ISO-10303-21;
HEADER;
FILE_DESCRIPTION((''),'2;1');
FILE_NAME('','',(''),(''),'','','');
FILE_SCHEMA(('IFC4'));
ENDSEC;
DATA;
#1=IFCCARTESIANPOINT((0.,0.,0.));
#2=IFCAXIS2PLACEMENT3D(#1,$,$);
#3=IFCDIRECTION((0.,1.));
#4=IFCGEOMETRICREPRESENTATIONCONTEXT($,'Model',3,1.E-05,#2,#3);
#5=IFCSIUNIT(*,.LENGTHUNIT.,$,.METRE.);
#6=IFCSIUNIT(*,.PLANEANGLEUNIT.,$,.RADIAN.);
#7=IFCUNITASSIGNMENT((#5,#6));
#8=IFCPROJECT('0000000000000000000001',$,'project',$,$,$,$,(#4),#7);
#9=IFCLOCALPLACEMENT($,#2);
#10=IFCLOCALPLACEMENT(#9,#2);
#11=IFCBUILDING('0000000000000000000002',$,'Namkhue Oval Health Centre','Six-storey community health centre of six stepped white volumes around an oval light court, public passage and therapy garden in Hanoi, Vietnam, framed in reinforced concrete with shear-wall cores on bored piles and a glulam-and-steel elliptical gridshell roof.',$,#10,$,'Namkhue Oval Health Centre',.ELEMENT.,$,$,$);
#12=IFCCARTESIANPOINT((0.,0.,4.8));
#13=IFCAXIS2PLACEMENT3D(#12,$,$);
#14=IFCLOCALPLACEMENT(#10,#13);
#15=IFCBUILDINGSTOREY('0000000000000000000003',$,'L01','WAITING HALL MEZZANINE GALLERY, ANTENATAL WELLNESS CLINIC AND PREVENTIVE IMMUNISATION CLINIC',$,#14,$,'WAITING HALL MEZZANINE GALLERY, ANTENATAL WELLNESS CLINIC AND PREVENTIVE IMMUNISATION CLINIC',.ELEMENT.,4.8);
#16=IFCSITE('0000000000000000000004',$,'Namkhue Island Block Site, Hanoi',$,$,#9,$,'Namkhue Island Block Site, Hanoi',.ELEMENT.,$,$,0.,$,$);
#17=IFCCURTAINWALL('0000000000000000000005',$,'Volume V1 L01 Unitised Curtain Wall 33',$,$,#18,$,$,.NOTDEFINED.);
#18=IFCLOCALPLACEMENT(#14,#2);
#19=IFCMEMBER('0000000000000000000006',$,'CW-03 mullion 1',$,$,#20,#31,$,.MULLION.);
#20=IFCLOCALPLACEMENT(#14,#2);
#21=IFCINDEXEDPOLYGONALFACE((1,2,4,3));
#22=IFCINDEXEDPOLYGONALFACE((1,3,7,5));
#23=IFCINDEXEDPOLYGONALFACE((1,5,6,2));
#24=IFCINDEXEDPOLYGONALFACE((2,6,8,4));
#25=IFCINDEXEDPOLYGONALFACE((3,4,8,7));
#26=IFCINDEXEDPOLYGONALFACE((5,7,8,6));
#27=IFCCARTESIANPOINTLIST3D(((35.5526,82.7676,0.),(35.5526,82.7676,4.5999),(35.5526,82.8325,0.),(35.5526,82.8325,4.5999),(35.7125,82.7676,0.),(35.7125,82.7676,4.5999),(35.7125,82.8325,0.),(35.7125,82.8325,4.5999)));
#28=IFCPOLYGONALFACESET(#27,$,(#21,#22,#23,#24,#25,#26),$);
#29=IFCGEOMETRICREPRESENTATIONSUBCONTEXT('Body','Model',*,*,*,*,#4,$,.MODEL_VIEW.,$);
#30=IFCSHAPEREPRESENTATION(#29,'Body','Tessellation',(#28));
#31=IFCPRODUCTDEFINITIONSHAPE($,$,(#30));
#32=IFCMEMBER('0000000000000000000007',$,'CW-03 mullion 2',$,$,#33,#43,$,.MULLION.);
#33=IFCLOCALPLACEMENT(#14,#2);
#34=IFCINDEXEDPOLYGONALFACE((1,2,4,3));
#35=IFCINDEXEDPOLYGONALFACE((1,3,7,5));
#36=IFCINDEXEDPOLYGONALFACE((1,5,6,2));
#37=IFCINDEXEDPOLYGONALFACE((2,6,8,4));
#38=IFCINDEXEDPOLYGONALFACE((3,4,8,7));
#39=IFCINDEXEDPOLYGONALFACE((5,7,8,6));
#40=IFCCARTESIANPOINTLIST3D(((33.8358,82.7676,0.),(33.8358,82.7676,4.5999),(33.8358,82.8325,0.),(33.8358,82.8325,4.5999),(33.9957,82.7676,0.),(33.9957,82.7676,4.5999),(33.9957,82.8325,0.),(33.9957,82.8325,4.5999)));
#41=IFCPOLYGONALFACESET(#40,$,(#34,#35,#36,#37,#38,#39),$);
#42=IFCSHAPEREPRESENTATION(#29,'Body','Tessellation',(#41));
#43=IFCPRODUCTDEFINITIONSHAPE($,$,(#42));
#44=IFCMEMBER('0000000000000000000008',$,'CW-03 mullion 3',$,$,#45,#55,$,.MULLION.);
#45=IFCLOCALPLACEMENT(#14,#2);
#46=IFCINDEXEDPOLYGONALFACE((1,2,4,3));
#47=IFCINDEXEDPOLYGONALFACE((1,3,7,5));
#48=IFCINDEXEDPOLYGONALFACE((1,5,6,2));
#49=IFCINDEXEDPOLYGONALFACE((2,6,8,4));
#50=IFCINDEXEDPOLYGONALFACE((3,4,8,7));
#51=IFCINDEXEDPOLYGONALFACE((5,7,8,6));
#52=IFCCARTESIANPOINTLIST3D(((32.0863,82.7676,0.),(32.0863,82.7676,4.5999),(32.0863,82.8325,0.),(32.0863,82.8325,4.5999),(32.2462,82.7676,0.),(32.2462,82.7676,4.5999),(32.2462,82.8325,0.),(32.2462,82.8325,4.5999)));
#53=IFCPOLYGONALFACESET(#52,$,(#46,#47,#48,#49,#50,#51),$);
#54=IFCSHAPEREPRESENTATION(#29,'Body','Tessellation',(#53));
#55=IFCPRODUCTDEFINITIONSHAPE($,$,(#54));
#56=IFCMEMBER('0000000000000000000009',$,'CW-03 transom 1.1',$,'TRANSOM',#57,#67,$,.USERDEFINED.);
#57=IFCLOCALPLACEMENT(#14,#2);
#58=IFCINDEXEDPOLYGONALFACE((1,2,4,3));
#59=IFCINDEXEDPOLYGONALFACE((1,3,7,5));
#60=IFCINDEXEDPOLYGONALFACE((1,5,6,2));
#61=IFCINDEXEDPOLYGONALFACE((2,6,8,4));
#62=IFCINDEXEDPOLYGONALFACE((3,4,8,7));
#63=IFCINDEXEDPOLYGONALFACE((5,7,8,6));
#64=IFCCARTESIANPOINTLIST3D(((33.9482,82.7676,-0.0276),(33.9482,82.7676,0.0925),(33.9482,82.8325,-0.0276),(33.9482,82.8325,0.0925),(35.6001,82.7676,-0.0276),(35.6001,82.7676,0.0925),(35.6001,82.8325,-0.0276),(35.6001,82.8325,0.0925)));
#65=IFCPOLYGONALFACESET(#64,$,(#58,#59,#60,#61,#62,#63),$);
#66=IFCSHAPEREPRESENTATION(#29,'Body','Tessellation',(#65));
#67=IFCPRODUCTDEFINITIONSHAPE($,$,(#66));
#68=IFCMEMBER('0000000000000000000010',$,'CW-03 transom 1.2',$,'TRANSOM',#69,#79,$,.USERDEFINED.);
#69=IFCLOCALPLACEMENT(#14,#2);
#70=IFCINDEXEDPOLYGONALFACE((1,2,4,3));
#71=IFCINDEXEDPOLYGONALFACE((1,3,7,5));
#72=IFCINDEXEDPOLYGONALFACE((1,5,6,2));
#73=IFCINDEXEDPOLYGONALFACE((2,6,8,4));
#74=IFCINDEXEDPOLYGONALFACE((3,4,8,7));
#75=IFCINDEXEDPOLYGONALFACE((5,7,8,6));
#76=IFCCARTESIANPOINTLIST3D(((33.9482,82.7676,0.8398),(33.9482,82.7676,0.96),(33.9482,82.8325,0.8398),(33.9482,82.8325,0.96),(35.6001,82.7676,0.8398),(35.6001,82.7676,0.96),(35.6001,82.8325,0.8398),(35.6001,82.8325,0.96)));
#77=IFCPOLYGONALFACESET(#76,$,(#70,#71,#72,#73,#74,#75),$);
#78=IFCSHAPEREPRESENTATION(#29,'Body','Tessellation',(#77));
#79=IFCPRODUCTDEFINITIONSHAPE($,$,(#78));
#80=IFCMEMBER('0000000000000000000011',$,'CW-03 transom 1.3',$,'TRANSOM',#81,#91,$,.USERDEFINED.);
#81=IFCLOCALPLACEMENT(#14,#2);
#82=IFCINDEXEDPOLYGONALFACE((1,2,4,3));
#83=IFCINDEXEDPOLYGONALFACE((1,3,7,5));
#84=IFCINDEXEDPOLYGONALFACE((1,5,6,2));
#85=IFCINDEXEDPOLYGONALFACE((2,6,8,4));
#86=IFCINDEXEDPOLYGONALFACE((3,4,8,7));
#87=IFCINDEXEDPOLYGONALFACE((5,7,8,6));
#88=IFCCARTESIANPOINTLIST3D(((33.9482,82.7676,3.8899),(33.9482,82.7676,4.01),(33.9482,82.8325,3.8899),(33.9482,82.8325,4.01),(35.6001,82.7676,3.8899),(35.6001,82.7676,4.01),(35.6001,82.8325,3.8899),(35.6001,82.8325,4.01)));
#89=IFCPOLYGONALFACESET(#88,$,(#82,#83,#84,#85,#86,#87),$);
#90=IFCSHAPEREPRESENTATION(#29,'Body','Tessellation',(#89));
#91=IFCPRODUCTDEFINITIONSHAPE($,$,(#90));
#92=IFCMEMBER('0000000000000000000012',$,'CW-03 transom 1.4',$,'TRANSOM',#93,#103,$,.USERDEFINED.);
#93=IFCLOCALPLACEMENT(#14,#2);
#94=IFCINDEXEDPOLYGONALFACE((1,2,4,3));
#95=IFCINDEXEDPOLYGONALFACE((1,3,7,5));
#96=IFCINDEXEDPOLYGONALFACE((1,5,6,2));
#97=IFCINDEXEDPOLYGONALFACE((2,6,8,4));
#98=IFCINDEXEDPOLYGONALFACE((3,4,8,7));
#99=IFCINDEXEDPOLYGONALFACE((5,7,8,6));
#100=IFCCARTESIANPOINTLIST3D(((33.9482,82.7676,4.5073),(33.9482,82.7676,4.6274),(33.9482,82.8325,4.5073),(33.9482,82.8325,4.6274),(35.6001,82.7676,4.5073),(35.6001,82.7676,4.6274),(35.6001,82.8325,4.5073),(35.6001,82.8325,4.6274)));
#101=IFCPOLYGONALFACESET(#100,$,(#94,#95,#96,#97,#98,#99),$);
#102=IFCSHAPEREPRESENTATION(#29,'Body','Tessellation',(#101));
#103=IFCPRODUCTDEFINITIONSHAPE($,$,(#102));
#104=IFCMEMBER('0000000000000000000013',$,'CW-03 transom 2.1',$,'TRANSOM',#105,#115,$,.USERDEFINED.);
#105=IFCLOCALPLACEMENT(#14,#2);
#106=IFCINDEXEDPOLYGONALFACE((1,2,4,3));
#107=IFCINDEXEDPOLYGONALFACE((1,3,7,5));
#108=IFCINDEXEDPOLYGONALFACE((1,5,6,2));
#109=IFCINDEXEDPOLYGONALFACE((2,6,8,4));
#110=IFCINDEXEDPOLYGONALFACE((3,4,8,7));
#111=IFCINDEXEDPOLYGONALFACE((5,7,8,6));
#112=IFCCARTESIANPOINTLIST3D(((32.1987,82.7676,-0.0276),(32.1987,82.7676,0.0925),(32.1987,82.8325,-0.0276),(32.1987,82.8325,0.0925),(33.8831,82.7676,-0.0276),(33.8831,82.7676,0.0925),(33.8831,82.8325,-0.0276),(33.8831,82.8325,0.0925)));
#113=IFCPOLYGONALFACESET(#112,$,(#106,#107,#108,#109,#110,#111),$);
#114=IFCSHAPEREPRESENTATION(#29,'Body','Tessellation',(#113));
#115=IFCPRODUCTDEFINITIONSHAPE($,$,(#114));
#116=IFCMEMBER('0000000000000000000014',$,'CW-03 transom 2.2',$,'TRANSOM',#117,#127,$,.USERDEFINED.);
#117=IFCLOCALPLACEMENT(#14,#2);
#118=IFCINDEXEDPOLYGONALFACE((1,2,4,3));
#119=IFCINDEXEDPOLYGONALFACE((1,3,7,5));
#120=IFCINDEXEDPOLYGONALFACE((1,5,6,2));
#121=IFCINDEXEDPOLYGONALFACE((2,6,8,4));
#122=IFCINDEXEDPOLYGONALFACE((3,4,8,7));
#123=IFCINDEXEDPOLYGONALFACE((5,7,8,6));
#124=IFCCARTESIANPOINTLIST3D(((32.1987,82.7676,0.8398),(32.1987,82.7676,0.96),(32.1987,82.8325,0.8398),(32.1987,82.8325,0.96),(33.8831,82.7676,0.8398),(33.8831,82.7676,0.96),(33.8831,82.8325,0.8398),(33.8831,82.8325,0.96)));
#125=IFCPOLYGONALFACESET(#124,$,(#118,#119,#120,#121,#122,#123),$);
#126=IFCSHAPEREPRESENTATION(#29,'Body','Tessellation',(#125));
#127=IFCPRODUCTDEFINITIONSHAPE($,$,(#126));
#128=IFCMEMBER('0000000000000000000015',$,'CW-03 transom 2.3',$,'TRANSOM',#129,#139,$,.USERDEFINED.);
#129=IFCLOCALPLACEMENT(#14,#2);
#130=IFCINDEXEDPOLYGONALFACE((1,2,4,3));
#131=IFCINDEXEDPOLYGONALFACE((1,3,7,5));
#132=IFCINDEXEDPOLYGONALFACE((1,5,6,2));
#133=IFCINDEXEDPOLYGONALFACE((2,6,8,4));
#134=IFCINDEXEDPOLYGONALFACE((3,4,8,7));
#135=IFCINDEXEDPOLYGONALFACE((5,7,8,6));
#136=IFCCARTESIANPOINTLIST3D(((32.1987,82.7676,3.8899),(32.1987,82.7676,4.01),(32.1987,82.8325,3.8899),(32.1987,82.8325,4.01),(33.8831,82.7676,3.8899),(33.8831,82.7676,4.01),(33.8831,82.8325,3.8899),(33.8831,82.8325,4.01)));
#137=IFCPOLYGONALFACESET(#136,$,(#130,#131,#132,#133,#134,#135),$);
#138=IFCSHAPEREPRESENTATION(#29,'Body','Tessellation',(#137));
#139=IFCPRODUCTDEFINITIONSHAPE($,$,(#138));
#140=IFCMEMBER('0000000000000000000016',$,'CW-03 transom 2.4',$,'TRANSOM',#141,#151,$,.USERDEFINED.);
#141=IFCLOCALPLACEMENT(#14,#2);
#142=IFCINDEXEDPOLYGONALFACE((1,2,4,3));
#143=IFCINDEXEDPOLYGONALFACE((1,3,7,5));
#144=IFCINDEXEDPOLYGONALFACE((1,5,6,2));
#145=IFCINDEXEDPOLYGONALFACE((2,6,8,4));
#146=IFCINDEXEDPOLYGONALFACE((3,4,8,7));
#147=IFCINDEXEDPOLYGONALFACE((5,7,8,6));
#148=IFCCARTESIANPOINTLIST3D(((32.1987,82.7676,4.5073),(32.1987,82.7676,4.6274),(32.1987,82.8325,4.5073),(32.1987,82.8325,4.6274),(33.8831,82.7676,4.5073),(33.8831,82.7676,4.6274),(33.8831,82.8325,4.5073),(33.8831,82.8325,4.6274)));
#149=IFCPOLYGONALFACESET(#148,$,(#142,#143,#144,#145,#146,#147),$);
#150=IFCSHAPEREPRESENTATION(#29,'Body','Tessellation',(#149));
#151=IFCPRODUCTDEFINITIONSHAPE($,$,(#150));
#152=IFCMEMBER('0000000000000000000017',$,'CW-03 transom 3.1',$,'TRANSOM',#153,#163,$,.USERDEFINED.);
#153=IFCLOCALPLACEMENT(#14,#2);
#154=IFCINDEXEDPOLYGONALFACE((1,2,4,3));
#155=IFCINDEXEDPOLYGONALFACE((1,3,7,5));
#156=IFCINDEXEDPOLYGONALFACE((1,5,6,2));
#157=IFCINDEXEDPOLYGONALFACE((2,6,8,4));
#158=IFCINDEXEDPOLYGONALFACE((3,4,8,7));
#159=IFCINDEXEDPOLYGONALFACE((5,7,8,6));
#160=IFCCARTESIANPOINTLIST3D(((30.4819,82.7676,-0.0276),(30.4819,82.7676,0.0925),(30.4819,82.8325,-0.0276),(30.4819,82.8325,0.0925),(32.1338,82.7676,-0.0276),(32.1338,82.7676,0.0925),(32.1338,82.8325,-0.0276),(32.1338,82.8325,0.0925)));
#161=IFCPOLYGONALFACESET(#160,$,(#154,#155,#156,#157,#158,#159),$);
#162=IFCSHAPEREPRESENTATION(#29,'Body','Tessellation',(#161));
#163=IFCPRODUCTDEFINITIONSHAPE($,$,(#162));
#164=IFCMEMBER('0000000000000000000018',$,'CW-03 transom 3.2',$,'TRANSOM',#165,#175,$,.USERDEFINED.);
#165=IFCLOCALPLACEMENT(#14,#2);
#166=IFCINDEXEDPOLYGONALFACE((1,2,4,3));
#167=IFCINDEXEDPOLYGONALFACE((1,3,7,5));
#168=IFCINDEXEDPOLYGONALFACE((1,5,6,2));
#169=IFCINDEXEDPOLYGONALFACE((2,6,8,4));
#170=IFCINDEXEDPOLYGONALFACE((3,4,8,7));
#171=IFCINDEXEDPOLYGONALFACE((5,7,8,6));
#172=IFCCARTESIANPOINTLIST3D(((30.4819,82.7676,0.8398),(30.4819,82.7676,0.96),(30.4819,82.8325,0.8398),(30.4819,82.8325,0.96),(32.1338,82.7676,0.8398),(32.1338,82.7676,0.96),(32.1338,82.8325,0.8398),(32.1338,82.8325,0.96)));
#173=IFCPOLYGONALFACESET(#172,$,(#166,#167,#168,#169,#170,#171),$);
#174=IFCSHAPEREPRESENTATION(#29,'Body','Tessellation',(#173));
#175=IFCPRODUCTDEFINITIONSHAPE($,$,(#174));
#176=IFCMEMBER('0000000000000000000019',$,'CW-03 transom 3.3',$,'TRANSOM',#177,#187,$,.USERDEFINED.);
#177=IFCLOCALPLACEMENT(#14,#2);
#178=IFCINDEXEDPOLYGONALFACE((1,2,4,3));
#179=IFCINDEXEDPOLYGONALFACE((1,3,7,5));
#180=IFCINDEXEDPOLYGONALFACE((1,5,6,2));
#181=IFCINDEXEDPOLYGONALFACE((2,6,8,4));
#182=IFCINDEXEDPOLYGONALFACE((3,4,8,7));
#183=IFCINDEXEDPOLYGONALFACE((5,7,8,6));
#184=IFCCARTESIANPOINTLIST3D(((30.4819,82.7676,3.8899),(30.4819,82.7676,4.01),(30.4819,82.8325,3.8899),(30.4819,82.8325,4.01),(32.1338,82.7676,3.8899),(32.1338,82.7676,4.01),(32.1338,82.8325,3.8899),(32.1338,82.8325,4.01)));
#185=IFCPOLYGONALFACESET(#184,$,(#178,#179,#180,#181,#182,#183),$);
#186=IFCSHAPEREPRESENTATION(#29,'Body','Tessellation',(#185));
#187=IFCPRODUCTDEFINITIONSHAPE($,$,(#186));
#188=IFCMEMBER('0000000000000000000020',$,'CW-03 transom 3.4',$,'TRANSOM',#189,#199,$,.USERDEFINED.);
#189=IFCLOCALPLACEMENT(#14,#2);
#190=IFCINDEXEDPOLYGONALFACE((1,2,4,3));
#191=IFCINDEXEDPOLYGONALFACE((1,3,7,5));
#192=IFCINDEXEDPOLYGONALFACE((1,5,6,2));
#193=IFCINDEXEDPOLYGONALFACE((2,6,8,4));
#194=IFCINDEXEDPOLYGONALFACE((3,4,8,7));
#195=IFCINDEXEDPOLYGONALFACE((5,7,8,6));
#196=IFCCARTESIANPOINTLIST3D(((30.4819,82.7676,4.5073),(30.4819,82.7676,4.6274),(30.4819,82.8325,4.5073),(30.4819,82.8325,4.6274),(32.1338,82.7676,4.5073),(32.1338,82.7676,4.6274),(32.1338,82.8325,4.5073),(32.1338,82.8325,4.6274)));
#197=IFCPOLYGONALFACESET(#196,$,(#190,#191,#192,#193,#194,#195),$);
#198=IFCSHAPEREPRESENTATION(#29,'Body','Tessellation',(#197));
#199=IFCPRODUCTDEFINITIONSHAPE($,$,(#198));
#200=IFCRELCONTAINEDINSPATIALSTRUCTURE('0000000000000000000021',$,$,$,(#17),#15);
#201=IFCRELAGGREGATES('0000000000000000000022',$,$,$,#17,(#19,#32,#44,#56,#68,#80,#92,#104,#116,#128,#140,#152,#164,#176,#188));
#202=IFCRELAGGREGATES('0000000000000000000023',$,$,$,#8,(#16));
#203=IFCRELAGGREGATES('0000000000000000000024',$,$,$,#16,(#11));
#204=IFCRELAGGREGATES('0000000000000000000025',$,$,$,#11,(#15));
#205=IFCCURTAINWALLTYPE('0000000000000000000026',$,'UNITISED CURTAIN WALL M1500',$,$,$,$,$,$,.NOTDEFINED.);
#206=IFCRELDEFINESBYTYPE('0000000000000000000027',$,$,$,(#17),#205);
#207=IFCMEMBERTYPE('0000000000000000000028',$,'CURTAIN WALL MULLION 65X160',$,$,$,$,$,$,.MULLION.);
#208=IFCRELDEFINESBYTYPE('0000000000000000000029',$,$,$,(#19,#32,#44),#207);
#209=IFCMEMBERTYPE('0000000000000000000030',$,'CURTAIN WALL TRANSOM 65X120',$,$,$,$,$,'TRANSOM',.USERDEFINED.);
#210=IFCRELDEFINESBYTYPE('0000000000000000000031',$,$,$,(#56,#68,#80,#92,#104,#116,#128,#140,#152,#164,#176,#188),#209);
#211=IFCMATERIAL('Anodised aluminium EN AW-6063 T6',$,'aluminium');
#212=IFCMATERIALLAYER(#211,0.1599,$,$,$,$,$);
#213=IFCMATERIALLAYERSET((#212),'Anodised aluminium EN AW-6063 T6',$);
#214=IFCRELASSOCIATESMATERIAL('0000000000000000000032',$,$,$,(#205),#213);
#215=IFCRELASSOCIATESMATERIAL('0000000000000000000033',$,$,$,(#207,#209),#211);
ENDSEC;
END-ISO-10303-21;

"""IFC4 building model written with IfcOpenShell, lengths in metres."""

from ifc_helpers import new_model, si_unit, direction, frame, origin, origin_2d, place, context, subcontext, project, spatial, rectangle, extrude, material, layer, layer_set, material_profile, profile_set, type_object, element, aggregate, save


model = new_model("IFC4")

# Units and contexts
model_context = context("Model", 3, precision=1e-05, world=origin(), true_north=direction((0.0, 1.0)))
body_context = subcontext(model_context, "Body", "Model", "MODEL_VIEW")
ifc_project = project(units=[si_unit("LENGTHUNIT", "METRE"), si_unit("PLANEANGLEUNIT", "RADIAN")], contexts=[model_context])

# Site, building, storey
site_placement = place(None, origin())
site = spatial("IfcSite", under=ifc_project, at=site_placement, Name="Namkhue Island Block Site, Hanoi", LongName="Namkhue Island Block Site, Hanoi", CompositionType="ELEMENT", RefElevation=0.0)
building_placement = place(site_placement, origin())
building = spatial("IfcBuilding", under=site, at=building_placement, Name="Namkhue Oval Health Centre", Description="Six-storey community health centre of six stepped white volumes around an oval light court, public passage and therapy garden in Hanoi, Vietnam, framed in reinforced concrete with shear-wall cores on bored piles and a glulam-and-steel elliptical gridshell roof.", LongName="Namkhue Oval Health Centre", CompositionType="ELEMENT")
storey_placement = place(building_placement, frame((0.0, 0.0, 4.8)))
storey = spatial("IfcBuildingStorey", under=building, at=storey_placement, Name="L01", Description="WAITING HALL MEZZANINE GALLERY, ANTENATAL WELLNESS CLINIC AND PREVENTIVE IMMUNISATION CLINIC", LongName="WAITING HALL MEZZANINE GALLERY, ANTENATAL WELLNESS CLINIC AND PREVENTIVE IMMUNISATION CLINIC", CompositionType="ELEMENT", Elevation=4.8)

# Curtain wall, members
ifc_material_1 = material(Name="Anodised aluminium EN AW-6063 T6", Category="aluminium")
ifc_layer_1 = layer(ifc_material_1, 0.1599)
ifc_layer_set_1 = layer_set([ifc_layer_1], Name="Anodised aluminium EN AW-6063 T6")
curtain_wall_type = type_object("IfcCurtainWallType", Name="UNITISED CURTAIN WALL M1500", PredefinedType="NOTDEFINED", material=ifc_layer_set_1)
curtain_wall_placement = place(storey_placement, origin())
curtain_wall = element("IfcCurtainWall", 1, at=curtain_wall_placement, inside=storey, type_object=curtain_wall_type, Name="Volume V1 L01 Unitised Curtain Wall 33", PredefinedType="NOTDEFINED")
ifc_material_profile_1 = material_profile(ifc_material_1, rectangle(XDim=0.0649, YDim=0.1599, at=origin_2d()), Name="ALU 65x160")
ifc_profile_set_1 = profile_set([ifc_material_profile_1], Name="Anodised aluminium EN AW-6063 T6")
member_type_1 = type_object("IfcMemberType", Name="CURTAIN WALL MULLION 65X160", PredefinedType="MULLION", material=ifc_profile_set_1)
member_1_placement = place(storey_placement, frame((35.6326, 82.8, 0.0), z_axis=(0.0, 0.0, 1.0), x_axis=(0.0, -1.0, 0.0)))
member_1 = element("IfcMember", 2, at=member_1_placement, type_object=member_type_1, Name="CW-03 mullion 1", PredefinedType="MULLION", context=body_context, shape_type="SweptSolid", body=[
    extrude(rectangle(XDim=0.0649, YDim=0.1599, at=origin_2d()), origin(), (0.0, 0.0, 1.0), 4.5999),
])
member_2_placement = place(storey_placement, frame((33.9158, 82.8, 0.0), z_axis=(0.0, 0.0, 1.0), x_axis=(0.0, -1.0, 0.0)))
member_2 = element("IfcMember", 3, at=member_2_placement, type_object=member_type_1, Name="CW-03 mullion 2", PredefinedType="MULLION", context=body_context, shape_type="SweptSolid", body=[
    extrude(rectangle(XDim=0.0649, YDim=0.1599, at=origin_2d()), origin(), (0.0, 0.0, 1.0), 4.5999),
])
member_3_placement = place(storey_placement, frame((32.1663, 82.8, 0.0), z_axis=(0.0, 0.0, 1.0), x_axis=(0.0, -1.0, 0.0)))
member_3 = element("IfcMember", 4, at=member_3_placement, type_object=member_type_1, Name="CW-03 mullion 3", PredefinedType="MULLION", context=body_context, shape_type="SweptSolid", body=[
    extrude(rectangle(XDim=0.0649, YDim=0.1599, at=origin_2d()), origin(), (0.0, 0.0, 1.0), 4.5999),
])
ifc_material_profile_2 = material_profile(ifc_material_1, rectangle(XDim=0.0649, YDim=0.1201, at=origin_2d()), Name="ALU 65x120")
ifc_profile_set_2 = profile_set([ifc_material_profile_2], Name="Anodised aluminium EN AW-6063 T6")
member_type_2 = type_object("IfcMemberType", Name="CURTAIN WALL TRANSOM 65X120", ElementType="TRANSOM", PredefinedType="USERDEFINED", material=ifc_profile_set_2)
member_4_placement = place(storey_placement, frame((35.6001, 82.8, 0.0325), z_axis=(-1.0, 0.0, 0.0), x_axis=(0.0, -1.0, 0.0)))
member_4 = element("IfcMember", 5, at=member_4_placement, type_object=member_type_2, Name="CW-03 transom 1.1", ObjectType="TRANSOM", PredefinedType="USERDEFINED", context=body_context, shape_type="SweptSolid", body=[
    extrude(rectangle(XDim=0.0649, YDim=0.1201, at=origin_2d()), origin(), (0.0, 0.0, 1.0), 1.6519),
])
member_5_placement = place(storey_placement, frame((35.6001, 82.8, 0.8999), z_axis=(-1.0, 0.0, 0.0), x_axis=(0.0, -1.0, 0.0)))
member_5 = element("IfcMember", 6, at=member_5_placement, type_object=member_type_2, Name="CW-03 transom 1.2", ObjectType="TRANSOM", PredefinedType="USERDEFINED", context=body_context, shape_type="SweptSolid", body=[
    extrude(rectangle(XDim=0.0649, YDim=0.1201, at=origin_2d()), origin(), (0.0, 0.0, 1.0), 1.6519),
])
member_6_placement = place(storey_placement, frame((35.6001, 82.8, 3.95), z_axis=(-1.0, 0.0, 0.0), x_axis=(0.0, -1.0, 0.0)))
member_6 = element("IfcMember", 7, at=member_6_placement, type_object=member_type_2, Name="CW-03 transom 1.3", ObjectType="TRANSOM", PredefinedType="USERDEFINED", context=body_context, shape_type="SweptSolid", body=[
    extrude(rectangle(XDim=0.0649, YDim=0.1201, at=origin_2d()), origin(), (0.0, 0.0, 1.0), 1.6519),
])
member_7_placement = place(storey_placement, frame((35.6001, 82.8, 4.5674), z_axis=(-1.0, 0.0, 0.0), x_axis=(0.0, -1.0, 0.0)))
member_7 = element("IfcMember", 8, at=member_7_placement, type_object=member_type_2, Name="CW-03 transom 1.4", ObjectType="TRANSOM", PredefinedType="USERDEFINED", context=body_context, shape_type="SweptSolid", body=[
    extrude(rectangle(XDim=0.0649, YDim=0.1201, at=origin_2d()), origin(), (0.0, 0.0, 1.0), 1.6519),
])
member_8_placement = place(storey_placement, frame((33.8831, 82.8, 0.0325), z_axis=(-1.0, 0.0, 0.0), x_axis=(0.0, -1.0, 0.0)))
member_8 = element("IfcMember", 9, at=member_8_placement, type_object=member_type_2, Name="CW-03 transom 2.1", ObjectType="TRANSOM", PredefinedType="USERDEFINED", context=body_context, shape_type="SweptSolid", body=[
    extrude(rectangle(XDim=0.0649, YDim=0.1201, at=origin_2d()), origin(), (0.0, 0.0, 1.0), 1.6843),
])
member_9_placement = place(storey_placement, frame((33.8831, 82.8, 0.8999), z_axis=(-1.0, 0.0, 0.0), x_axis=(0.0, -1.0, 0.0)))
member_9 = element("IfcMember", 10, at=member_9_placement, type_object=member_type_2, Name="CW-03 transom 2.2", ObjectType="TRANSOM", PredefinedType="USERDEFINED", context=body_context, shape_type="SweptSolid", body=[
    extrude(rectangle(XDim=0.0649, YDim=0.1201, at=origin_2d()), origin(), (0.0, 0.0, 1.0), 1.6843),
])
member_10_placement = place(storey_placement, frame((33.8831, 82.8, 3.95), z_axis=(-1.0, 0.0, 0.0), x_axis=(0.0, -1.0, 0.0)))
member_10 = element("IfcMember", 11, at=member_10_placement, type_object=member_type_2, Name="CW-03 transom 2.3", ObjectType="TRANSOM", PredefinedType="USERDEFINED", context=body_context, shape_type="SweptSolid", body=[
    extrude(rectangle(XDim=0.0649, YDim=0.1201, at=origin_2d()), origin(), (0.0, 0.0, 1.0), 1.6843),
])
member_11_placement = place(storey_placement, frame((33.8831, 82.8, 4.5674), z_axis=(-1.0, 0.0, 0.0), x_axis=(0.0, -1.0, 0.0)))
member_11 = element("IfcMember", 12, at=member_11_placement, type_object=member_type_2, Name="CW-03 transom 2.4", ObjectType="TRANSOM", PredefinedType="USERDEFINED", context=body_context, shape_type="SweptSolid", body=[
    extrude(rectangle(XDim=0.0649, YDim=0.1201, at=origin_2d()), origin(), (0.0, 0.0, 1.0), 1.6843),
])
member_12_placement = place(storey_placement, frame((32.1338, 82.8, 0.0325), z_axis=(-1.0, 0.0, 0.0), x_axis=(0.0, -1.0, 0.0)))
member_12 = element("IfcMember", 13, at=member_12_placement, type_object=member_type_2, Name="CW-03 transom 3.1", ObjectType="TRANSOM", PredefinedType="USERDEFINED", context=body_context, shape_type="SweptSolid", body=[
    extrude(rectangle(XDim=0.0649, YDim=0.1201, at=origin_2d()), origin(), (0.0, 0.0, 1.0), 1.6519),
])
member_13_placement = place(storey_placement, frame((32.1338, 82.8, 0.8999), z_axis=(-1.0, 0.0, 0.0), x_axis=(0.0, -1.0, 0.0)))
member_13 = element("IfcMember", 14, at=member_13_placement, type_object=member_type_2, Name="CW-03 transom 3.2", ObjectType="TRANSOM", PredefinedType="USERDEFINED", context=body_context, shape_type="SweptSolid", body=[
    extrude(rectangle(XDim=0.0649, YDim=0.1201, at=origin_2d()), origin(), (0.0, 0.0, 1.0), 1.6519),
])
member_14_placement = place(storey_placement, frame((32.1338, 82.8, 3.95), z_axis=(-1.0, 0.0, 0.0), x_axis=(0.0, -1.0, 0.0)))
member_14 = element("IfcMember", 15, at=member_14_placement, type_object=member_type_2, Name="CW-03 transom 3.3", ObjectType="TRANSOM", PredefinedType="USERDEFINED", context=body_context, shape_type="SweptSolid", body=[
    extrude(rectangle(XDim=0.0649, YDim=0.1201, at=origin_2d()), origin(), (0.0, 0.0, 1.0), 1.6519),
])
member_15_placement = place(storey_placement, frame((32.1338, 82.8, 4.5674), z_axis=(-1.0, 0.0, 0.0), x_axis=(0.0, -1.0, 0.0)))
member_15 = element("IfcMember", 16, at=member_15_placement, type_object=member_type_2, Name="CW-03 transom 3.4", ObjectType="TRANSOM", PredefinedType="USERDEFINED", context=body_context, shape_type="SweptSolid", body=[
    extrude(rectangle(XDim=0.0649, YDim=0.1201, at=origin_2d()), origin(), (0.0, 0.0, 1.0), 1.6519),
])
aggregate(curtain_wall, [member_1, member_2, member_3, member_4, member_5, member_6, member_7, member_8, member_9, member_10, member_11, member_12, member_13, member_14, member_15])

save(model, "model.ifc")
